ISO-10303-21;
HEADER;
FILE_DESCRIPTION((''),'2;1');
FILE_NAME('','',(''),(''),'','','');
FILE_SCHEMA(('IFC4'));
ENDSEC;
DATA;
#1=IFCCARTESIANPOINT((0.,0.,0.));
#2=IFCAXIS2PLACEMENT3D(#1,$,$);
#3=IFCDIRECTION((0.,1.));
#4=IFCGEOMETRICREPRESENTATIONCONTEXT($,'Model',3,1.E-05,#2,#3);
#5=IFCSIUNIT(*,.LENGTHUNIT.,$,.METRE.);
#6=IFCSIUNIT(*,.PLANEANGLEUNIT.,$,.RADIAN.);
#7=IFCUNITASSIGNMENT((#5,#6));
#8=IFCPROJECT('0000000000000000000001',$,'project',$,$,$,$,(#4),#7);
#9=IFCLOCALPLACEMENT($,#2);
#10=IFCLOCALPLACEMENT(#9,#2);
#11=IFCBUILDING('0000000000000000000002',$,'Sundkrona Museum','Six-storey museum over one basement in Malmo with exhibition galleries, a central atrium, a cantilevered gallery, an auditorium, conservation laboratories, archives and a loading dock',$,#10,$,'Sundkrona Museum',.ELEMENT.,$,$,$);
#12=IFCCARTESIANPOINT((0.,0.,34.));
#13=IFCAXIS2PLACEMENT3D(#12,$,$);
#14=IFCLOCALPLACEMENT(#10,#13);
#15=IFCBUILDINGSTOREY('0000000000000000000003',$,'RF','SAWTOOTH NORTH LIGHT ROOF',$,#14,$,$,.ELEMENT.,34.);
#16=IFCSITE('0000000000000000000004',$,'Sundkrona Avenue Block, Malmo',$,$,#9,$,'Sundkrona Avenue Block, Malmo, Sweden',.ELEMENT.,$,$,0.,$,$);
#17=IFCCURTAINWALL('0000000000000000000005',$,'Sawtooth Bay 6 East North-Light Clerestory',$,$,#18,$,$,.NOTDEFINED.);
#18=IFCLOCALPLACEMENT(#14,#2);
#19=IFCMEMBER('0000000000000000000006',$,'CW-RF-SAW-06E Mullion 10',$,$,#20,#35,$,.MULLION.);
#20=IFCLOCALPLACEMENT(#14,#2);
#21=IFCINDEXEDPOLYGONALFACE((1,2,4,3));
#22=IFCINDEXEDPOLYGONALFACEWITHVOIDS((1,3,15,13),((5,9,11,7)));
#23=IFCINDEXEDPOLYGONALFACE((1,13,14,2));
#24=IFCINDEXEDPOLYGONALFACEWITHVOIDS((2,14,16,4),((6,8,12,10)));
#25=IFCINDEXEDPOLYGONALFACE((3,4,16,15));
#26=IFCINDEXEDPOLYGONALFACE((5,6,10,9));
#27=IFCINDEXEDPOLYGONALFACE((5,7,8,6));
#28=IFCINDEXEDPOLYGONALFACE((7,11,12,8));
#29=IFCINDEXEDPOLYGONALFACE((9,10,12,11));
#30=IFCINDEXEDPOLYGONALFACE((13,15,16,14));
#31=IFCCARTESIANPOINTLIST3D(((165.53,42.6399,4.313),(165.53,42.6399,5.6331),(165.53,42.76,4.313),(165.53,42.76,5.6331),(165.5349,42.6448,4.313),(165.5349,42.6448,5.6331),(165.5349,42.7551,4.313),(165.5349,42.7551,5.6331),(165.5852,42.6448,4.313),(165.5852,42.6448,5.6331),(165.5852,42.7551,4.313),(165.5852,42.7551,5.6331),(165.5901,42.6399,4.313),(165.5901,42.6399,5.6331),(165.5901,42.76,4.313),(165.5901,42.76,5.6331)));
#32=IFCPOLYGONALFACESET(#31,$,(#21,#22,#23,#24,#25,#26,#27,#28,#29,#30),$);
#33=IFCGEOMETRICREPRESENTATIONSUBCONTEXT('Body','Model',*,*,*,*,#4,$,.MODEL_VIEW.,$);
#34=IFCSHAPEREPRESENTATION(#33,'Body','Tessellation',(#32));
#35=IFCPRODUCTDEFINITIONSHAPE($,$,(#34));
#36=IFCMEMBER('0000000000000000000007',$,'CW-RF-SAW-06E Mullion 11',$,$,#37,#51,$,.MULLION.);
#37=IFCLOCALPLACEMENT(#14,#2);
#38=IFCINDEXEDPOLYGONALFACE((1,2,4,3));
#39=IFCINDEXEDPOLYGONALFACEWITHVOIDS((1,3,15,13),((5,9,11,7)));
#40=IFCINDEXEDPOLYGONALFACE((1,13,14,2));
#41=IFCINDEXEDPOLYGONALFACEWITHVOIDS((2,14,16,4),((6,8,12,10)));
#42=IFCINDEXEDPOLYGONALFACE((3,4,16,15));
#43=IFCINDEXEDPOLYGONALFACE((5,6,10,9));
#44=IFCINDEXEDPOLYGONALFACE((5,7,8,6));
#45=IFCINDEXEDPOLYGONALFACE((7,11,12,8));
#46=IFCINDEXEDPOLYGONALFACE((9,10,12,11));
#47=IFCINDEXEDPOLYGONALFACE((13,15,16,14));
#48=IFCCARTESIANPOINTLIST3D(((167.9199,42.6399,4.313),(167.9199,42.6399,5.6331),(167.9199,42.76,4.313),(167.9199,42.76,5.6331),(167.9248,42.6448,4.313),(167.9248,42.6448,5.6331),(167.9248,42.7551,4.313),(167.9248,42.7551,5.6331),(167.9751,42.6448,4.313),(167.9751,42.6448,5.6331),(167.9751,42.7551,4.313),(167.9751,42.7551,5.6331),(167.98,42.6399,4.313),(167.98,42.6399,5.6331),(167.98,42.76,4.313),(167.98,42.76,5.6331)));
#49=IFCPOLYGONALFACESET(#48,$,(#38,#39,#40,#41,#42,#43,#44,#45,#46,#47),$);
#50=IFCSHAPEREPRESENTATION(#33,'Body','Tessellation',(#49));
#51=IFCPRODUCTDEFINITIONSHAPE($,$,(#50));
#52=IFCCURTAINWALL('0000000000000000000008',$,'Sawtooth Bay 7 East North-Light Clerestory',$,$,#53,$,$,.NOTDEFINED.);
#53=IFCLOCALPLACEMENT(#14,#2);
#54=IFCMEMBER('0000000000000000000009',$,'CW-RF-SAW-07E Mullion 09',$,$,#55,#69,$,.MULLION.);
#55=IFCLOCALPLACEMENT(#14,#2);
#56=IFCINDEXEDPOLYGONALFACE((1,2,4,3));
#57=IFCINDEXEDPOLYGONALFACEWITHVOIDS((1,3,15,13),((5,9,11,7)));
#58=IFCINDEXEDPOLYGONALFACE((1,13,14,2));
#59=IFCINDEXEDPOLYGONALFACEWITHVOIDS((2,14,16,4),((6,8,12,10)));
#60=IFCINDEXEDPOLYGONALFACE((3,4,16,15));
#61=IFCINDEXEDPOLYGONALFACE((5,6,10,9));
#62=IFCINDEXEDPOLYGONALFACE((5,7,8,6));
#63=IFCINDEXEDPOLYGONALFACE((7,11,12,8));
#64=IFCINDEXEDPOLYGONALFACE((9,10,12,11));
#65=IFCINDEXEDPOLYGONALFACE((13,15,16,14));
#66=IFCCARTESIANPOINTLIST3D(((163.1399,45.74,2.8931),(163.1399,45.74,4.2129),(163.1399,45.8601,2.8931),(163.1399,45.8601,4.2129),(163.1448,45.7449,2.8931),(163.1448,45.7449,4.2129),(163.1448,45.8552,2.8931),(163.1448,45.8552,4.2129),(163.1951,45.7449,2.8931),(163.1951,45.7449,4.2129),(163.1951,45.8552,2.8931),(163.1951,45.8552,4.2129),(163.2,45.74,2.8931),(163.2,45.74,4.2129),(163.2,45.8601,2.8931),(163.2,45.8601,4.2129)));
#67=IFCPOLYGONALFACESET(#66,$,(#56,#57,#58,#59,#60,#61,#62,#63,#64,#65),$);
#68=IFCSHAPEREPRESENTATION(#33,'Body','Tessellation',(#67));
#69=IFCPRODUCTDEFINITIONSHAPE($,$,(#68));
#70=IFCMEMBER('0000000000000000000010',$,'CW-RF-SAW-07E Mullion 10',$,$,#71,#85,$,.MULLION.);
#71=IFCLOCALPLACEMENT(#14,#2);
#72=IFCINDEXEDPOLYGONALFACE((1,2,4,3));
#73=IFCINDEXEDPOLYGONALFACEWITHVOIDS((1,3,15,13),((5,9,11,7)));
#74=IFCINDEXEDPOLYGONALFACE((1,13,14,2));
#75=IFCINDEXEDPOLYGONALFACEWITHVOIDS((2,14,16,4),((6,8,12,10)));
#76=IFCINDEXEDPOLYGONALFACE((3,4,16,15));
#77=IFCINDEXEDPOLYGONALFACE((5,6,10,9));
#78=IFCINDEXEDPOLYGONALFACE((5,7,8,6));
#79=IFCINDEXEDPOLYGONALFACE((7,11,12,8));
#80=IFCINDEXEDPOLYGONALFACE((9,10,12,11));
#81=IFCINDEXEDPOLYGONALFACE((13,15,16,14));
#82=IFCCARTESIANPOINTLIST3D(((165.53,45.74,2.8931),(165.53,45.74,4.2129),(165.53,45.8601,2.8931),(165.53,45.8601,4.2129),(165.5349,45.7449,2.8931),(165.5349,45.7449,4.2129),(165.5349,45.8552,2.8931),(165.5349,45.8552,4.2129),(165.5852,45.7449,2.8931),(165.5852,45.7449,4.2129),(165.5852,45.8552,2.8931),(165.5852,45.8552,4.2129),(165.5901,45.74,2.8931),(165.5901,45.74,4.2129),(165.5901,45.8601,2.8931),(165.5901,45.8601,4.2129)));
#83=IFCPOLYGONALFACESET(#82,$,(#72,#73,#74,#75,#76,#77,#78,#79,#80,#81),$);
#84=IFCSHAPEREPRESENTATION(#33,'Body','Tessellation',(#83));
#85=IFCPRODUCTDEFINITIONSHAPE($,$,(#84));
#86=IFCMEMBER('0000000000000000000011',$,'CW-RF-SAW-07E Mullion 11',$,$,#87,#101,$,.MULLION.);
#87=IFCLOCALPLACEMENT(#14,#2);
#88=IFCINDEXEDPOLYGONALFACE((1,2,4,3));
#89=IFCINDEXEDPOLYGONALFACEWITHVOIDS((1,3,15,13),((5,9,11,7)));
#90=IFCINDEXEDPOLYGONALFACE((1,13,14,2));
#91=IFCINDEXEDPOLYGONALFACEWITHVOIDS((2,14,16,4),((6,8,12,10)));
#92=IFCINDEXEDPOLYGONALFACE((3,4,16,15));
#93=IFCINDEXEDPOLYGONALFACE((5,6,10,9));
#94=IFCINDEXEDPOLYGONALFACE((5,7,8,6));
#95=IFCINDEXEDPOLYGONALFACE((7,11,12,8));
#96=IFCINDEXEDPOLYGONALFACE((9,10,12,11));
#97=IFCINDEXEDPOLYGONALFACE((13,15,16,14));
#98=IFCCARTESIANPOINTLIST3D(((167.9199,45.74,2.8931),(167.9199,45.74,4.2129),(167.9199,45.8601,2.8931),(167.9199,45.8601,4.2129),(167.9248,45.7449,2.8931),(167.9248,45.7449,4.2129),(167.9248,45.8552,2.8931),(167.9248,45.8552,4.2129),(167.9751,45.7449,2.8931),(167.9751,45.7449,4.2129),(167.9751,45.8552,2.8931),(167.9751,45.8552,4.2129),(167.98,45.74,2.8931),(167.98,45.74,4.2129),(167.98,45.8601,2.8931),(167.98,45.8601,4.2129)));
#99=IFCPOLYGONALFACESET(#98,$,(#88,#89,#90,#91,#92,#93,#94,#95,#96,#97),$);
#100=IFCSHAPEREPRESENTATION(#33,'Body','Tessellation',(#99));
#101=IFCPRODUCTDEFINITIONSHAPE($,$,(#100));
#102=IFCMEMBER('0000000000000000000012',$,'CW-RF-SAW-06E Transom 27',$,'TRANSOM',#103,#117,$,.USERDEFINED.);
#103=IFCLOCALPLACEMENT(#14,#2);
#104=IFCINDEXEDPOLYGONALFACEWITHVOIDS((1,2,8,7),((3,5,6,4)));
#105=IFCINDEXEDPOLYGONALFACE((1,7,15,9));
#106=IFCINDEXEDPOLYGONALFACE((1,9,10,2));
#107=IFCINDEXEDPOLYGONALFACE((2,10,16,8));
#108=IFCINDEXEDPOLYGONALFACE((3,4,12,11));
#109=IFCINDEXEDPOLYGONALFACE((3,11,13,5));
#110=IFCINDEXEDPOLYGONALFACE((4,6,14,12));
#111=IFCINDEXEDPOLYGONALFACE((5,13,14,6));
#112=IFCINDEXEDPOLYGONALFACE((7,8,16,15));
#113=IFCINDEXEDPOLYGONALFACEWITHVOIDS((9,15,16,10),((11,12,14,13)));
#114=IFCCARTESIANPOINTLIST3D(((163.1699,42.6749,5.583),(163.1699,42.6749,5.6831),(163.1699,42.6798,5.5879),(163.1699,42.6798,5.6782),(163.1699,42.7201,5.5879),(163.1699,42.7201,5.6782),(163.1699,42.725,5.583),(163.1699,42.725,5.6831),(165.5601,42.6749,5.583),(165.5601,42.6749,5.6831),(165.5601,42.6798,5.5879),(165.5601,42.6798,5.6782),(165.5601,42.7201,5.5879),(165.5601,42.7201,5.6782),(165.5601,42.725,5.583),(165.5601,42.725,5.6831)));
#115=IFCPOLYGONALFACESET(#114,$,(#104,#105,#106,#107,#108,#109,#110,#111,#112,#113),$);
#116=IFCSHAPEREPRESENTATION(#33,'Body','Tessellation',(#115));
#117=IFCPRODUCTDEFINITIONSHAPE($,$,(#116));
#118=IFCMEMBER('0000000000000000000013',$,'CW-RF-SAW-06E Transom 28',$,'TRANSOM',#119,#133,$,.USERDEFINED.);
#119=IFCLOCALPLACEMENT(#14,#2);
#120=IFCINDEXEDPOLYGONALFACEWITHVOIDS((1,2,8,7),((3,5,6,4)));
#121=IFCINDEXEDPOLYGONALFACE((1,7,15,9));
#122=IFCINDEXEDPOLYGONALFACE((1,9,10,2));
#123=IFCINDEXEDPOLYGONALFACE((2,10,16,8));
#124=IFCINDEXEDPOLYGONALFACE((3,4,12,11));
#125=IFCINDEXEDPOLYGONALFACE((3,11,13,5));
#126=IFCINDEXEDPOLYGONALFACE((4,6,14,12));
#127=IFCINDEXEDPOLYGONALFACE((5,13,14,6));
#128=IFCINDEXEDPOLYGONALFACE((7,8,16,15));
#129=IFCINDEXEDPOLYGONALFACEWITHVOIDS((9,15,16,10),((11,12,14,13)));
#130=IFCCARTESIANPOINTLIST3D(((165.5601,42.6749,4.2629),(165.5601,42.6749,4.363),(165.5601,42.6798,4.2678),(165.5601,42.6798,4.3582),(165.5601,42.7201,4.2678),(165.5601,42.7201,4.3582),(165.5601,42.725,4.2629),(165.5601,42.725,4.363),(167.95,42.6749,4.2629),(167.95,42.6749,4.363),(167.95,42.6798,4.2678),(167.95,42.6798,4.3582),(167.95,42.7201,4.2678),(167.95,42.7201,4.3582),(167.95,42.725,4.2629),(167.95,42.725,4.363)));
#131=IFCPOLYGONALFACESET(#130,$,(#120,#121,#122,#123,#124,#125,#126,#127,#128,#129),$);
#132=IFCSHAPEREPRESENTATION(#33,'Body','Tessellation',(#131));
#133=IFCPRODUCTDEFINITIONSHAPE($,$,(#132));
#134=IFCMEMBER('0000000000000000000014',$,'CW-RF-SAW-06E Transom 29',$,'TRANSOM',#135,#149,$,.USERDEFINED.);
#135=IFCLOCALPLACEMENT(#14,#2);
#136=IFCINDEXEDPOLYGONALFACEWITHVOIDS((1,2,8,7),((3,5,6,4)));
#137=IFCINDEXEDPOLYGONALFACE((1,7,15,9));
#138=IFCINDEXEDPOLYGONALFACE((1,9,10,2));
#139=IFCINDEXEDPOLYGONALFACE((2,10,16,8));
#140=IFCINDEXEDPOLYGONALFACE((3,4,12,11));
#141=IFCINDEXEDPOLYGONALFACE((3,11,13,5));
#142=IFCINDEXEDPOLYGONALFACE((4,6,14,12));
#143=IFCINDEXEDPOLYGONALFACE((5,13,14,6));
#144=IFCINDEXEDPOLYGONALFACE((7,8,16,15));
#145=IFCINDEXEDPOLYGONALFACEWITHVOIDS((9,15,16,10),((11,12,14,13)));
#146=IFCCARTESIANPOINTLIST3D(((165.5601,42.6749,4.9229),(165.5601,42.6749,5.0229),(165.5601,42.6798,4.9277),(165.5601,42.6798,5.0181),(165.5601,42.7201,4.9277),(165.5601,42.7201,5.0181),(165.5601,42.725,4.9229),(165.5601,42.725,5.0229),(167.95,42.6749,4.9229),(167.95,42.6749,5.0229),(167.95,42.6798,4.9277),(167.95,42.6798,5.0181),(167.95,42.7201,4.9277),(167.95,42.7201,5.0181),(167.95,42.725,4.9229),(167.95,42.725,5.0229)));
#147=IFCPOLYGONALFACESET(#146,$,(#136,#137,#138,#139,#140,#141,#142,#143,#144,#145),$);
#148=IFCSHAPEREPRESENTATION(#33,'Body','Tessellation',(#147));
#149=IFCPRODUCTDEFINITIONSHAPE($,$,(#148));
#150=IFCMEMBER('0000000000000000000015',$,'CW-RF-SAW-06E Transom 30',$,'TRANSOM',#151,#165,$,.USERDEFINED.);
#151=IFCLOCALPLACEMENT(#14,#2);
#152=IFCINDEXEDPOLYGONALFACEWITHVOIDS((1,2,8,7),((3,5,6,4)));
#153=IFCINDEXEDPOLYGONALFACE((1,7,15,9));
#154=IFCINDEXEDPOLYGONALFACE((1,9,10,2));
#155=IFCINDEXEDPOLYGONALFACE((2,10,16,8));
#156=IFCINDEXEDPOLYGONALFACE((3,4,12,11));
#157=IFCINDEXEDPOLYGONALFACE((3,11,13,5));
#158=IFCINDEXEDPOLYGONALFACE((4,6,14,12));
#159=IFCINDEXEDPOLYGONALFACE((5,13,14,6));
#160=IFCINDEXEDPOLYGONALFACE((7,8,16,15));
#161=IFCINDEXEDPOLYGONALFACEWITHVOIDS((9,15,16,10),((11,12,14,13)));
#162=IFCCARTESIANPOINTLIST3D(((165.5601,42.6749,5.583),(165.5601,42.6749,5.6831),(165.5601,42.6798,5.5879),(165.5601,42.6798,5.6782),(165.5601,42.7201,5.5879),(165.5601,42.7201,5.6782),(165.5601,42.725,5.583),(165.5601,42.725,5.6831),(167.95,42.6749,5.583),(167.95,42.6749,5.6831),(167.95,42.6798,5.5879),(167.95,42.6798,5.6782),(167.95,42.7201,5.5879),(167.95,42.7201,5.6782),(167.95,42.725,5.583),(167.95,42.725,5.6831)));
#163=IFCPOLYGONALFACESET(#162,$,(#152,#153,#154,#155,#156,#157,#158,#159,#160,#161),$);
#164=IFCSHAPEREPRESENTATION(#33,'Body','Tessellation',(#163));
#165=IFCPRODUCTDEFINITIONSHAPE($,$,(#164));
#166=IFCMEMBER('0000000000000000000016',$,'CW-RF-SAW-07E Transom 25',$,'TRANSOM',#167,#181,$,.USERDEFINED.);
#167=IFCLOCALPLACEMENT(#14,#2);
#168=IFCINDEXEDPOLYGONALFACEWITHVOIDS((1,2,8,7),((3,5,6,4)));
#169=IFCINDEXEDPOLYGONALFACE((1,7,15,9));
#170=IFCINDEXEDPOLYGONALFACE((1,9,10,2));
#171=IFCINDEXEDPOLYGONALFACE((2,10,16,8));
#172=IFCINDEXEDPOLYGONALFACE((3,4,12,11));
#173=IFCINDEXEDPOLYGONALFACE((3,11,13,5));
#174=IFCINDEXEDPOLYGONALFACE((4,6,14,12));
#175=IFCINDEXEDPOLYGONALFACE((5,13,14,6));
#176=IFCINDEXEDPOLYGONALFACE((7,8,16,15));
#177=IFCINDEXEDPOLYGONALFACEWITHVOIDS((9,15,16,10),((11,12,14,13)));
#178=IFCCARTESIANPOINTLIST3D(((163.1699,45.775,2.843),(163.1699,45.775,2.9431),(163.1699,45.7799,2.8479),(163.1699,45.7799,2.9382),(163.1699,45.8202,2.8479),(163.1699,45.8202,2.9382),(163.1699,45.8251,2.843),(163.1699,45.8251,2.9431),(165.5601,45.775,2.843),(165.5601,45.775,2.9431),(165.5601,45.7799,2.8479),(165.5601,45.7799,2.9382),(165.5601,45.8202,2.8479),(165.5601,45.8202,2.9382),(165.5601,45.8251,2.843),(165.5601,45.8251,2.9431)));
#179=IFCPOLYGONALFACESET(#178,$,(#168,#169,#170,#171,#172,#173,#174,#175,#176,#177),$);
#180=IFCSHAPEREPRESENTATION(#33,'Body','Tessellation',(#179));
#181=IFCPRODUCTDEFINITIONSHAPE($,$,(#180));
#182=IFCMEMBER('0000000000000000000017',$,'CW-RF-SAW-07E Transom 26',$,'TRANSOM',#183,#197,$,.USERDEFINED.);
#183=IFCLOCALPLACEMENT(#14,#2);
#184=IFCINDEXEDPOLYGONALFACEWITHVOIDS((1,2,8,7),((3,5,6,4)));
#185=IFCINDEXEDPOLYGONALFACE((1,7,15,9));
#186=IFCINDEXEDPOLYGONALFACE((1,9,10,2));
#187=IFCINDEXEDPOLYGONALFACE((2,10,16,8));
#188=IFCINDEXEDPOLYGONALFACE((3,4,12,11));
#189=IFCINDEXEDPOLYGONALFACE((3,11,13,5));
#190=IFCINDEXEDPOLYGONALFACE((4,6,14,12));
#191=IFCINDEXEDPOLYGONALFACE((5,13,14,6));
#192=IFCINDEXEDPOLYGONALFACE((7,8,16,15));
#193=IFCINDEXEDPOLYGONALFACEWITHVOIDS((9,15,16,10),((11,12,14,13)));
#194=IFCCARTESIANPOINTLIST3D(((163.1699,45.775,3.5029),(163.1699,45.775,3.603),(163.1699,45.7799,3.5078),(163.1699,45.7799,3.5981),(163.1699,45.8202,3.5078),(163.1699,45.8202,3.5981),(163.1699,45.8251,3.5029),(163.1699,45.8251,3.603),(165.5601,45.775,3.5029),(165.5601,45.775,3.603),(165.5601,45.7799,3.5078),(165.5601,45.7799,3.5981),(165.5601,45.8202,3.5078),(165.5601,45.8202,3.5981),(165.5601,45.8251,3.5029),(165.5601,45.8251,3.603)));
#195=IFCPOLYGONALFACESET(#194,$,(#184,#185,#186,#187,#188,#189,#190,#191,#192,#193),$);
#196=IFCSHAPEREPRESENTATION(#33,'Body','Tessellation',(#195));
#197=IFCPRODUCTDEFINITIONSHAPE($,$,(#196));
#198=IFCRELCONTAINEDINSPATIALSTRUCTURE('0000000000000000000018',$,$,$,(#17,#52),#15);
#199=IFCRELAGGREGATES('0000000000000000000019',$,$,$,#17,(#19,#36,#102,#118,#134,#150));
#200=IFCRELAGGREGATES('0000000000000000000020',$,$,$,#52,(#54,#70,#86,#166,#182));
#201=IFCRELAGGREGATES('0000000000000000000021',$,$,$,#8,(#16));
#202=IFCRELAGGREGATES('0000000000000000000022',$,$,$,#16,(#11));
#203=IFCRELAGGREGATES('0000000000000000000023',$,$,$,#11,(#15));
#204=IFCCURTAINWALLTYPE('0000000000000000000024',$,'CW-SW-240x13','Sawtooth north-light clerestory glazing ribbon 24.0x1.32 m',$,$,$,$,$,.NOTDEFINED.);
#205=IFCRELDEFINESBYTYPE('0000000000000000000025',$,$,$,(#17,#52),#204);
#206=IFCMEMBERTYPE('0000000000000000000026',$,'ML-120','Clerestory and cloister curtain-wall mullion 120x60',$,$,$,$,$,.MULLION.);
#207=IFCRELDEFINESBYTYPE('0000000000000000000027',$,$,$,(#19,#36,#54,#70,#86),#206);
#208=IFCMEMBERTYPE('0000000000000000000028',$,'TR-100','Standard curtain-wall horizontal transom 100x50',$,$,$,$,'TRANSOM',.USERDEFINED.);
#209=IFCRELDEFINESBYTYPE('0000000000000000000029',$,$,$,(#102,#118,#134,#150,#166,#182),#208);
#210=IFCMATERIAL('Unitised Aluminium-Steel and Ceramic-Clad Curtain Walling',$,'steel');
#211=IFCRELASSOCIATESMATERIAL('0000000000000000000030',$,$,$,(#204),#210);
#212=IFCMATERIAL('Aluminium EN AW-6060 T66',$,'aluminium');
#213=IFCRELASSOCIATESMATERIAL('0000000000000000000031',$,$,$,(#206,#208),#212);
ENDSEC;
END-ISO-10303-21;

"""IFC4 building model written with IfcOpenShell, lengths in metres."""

from ifc_helpers import new_model, si_unit, direction, frame, origin, origin_2d, place, context, subcontext, project, spatial, hollow_rectangle, extrude, material, material_profile, profile_set, type_object, element, aggregate, save


model = new_model("IFC4")

# Units and contexts
model_context = context("Model", 3, precision=1e-05, world=origin(), true_north=direction((0.0, 1.0)))
body_context = subcontext(model_context, "Body", "Model", "MODEL_VIEW")
ifc_project = project(units=[si_unit("LENGTHUNIT", "METRE"), si_unit("PLANEANGLEUNIT", "RADIAN")], contexts=[model_context])

# Site, building, storey
site_placement = place(None, origin())
site = spatial("IfcSite", under=ifc_project, at=site_placement, Name="Sundkrona Avenue Block, Malmo", LongName="Sundkrona Avenue Block, Malmo, Sweden", CompositionType="ELEMENT", RefElevation=0.0)
building_placement = place(site_placement, origin())
building = spatial("IfcBuilding", under=site, at=building_placement, Name="Sundkrona Museum", Description="Six-storey museum over one basement in Malmo with exhibition galleries, a central atrium, a cantilevered gallery, an auditorium, conservation laboratories, archives and a loading dock", LongName="Sundkrona Museum", CompositionType="ELEMENT")
storey_placement = place(building_placement, frame((0.0, 0.0, 34.0)))
storey = spatial("IfcBuildingStorey", under=building, at=storey_placement, Name="RF", Description="SAWTOOTH NORTH LIGHT ROOF", CompositionType="ELEMENT", Elevation=34.0)

# Curtain walls, members
ifc_material_1 = material(Name="Unitised Aluminium-Steel and Ceramic-Clad Curtain Walling", Category="steel")
curtain_wall_type = type_object("IfcCurtainWallType", Name="CW-SW-240x13", Description="Sawtooth north-light clerestory glazing ribbon 24.0x1.32 m", PredefinedType="NOTDEFINED", material=ifc_material_1)
curtain_wall_1_placement = place(storey_placement, origin())
curtain_wall_1 = element("IfcCurtainWall", 1, at=curtain_wall_1_placement, inside=storey, type_object=curtain_wall_type, Name="Sawtooth Bay 6 East North-Light Clerestory", PredefinedType="NOTDEFINED")
ifc_material_2 = material(Name="Aluminium EN AW-6060 T66", Category="aluminium")
ifc_material_profile_1 = material_profile(ifc_material_2, hollow_rectangle(XDim=0.0601, YDim=0.1201, WallThickness=0.0049, at=origin_2d()), Name="RHS 120x60x5.0")
ifc_profile_set_1 = profile_set([ifc_material_profile_1], Name="Aluminium EN AW-6060 T66")
member_type_1 = type_object("IfcMemberType", Name="ML-120", Description="Clerestory and cloister curtain-wall mullion 120x60", PredefinedType="MULLION", material=ifc_profile_set_1)
member_1_placement = place(storey_placement, frame((165.5601, 42.7, 4.313), z_axis=(0.0, 0.0, 1.0), x_axis=(1.0, 0.0, 0.0)))
member_1 = element("IfcMember", 2, at=member_1_placement, type_object=member_type_1, Name="CW-RF-SAW-06E Mullion 10", PredefinedType="MULLION", context=body_context, shape_type="SweptSolid", body=[
    extrude(hollow_rectangle(XDim=0.0601, YDim=0.1201, WallThickness=0.0049, at=origin_2d()), origin(), (0.0, 0.0, 1.0), 1.3201),
])
member_2_placement = place(storey_placement, frame((167.95, 42.7, 4.313), z_axis=(0.0, 0.0, 1.0), x_axis=(1.0, 0.0, 0.0)))
member_2 = element("IfcMember", 3, at=member_2_placement, type_object=member_type_1, Name="CW-RF-SAW-06E Mullion 11", PredefinedType="MULLION", context=body_context, shape_type="SweptSolid", body=[
    extrude(hollow_rectangle(XDim=0.0601, YDim=0.1201, WallThickness=0.0049, at=origin_2d()), origin(), (0.0, 0.0, 1.0), 1.3201),
])
curtain_wall_2_placement = place(storey_placement, origin())
curtain_wall_2 = element("IfcCurtainWall", 4, at=curtain_wall_2_placement, inside=storey, type_object=curtain_wall_type, Name="Sawtooth Bay 7 East North-Light Clerestory", PredefinedType="NOTDEFINED")
member_3_placement = place(storey_placement, frame((163.1699, 45.8, 2.8931), z_axis=(0.0, 0.0, 1.0), x_axis=(1.0, 0.0, 0.0)))
member_3 = element("IfcMember", 5, at=member_3_placement, type_object=member_type_1, Name="CW-RF-SAW-07E Mullion 09", PredefinedType="MULLION", context=body_context, shape_type="SweptSolid", body=[
    extrude(hollow_rectangle(XDim=0.0601, YDim=0.1201, WallThickness=0.0049, at=origin_2d()), origin(), (0.0, 0.0, 1.0), 1.3198),
])
member_4_placement = place(storey_placement, frame((165.5601, 45.8, 2.8931), z_axis=(0.0, 0.0, 1.0), x_axis=(1.0, 0.0, 0.0)))
member_4 = element("IfcMember", 6, at=member_4_placement, type_object=member_type_1, Name="CW-RF-SAW-07E Mullion 10", PredefinedType="MULLION", context=body_context, shape_type="SweptSolid", body=[
    extrude(hollow_rectangle(XDim=0.0601, YDim=0.1201, WallThickness=0.0049, at=origin_2d()), origin(), (0.0, 0.0, 1.0), 1.3198),
])
member_5_placement = place(storey_placement, frame((167.95, 45.8, 2.8931), z_axis=(0.0, 0.0, 1.0), x_axis=(1.0, 0.0, 0.0)))
member_5 = element("IfcMember", 7, at=member_5_placement, type_object=member_type_1, Name="CW-RF-SAW-07E Mullion 11", PredefinedType="MULLION", context=body_context, shape_type="SweptSolid", body=[
    extrude(hollow_rectangle(XDim=0.0601, YDim=0.1201, WallThickness=0.0049, at=origin_2d()), origin(), (0.0, 0.0, 1.0), 1.3198),
])

# Members
ifc_material_profile_2 = material_profile(ifc_material_2, hollow_rectangle(XDim=0.05, YDim=0.1001, WallThickness=0.0049, at=origin_2d()), Name="RHS 100x50x5.0")
ifc_profile_set_2 = profile_set([ifc_material_profile_2], Name="Aluminium EN AW-6060 T66")
member_type_2 = type_object("IfcMemberType", Name="TR-100", Description="Standard curtain-wall horizontal transom 100x50", ElementType="TRANSOM", PredefinedType="USERDEFINED", material=ifc_profile_set_2)
member_6_placement = place(storey_placement, frame((163.1699, 42.7, 5.6331), z_axis=(1.0, 0.0, 0.0), x_axis=(0.0, 1.0, 0.0)))
member_6 = element("IfcMember", 8, at=member_6_placement, type_object=member_type_2, Name="CW-RF-SAW-06E Transom 27", ObjectType="TRANSOM", PredefinedType="USERDEFINED", context=body_context, shape_type="SweptSolid", body=[
    extrude(hollow_rectangle(XDim=0.05, YDim=0.1001, WallThickness=0.0049, at=origin_2d()), origin(), (0.0, 0.0, 1.0), 2.3901),
])
member_7_placement = place(storey_placement, frame((165.5601, 42.7, 4.313), z_axis=(1.0, 0.0, 0.0), x_axis=(0.0, 1.0, 0.0)))
member_7 = element("IfcMember", 9, at=member_7_placement, type_object=member_type_2, Name="CW-RF-SAW-06E Transom 28", ObjectType="TRANSOM", PredefinedType="USERDEFINED", context=body_context, shape_type="SweptSolid", body=[
    extrude(hollow_rectangle(XDim=0.05, YDim=0.1001, WallThickness=0.0049, at=origin_2d()), origin(), (0.0, 0.0, 1.0), 2.3899),
])
member_8_placement = place(storey_placement, frame((165.5601, 42.7, 4.9729), z_axis=(1.0, 0.0, 0.0), x_axis=(0.0, 1.0, 0.0)))
member_8 = element("IfcMember", 10, at=member_8_placement, type_object=member_type_2, Name="CW-RF-SAW-06E Transom 29", ObjectType="TRANSOM", PredefinedType="USERDEFINED", context=body_context, shape_type="SweptSolid", body=[
    extrude(hollow_rectangle(XDim=0.05, YDim=0.1001, WallThickness=0.0049, at=origin_2d()), origin(), (0.0, 0.0, 1.0), 2.3899),
])
member_9_placement = place(storey_placement, frame((165.5601, 42.7, 5.6331), z_axis=(1.0, 0.0, 0.0), x_axis=(0.0, 1.0, 0.0)))
member_9 = element("IfcMember", 11, at=member_9_placement, type_object=member_type_2, Name="CW-RF-SAW-06E Transom 30", ObjectType="TRANSOM", PredefinedType="USERDEFINED", context=body_context, shape_type="SweptSolid", body=[
    extrude(hollow_rectangle(XDim=0.05, YDim=0.1001, WallThickness=0.0049, at=origin_2d()), origin(), (0.0, 0.0, 1.0), 2.3899),
])
member_10_placement = place(storey_placement, frame((163.1699, 45.8, 2.8931), z_axis=(1.0, 0.0, 0.0), x_axis=(0.0, 1.0, 0.0)))
member_10 = element("IfcMember", 12, at=member_10_placement, type_object=member_type_2, Name="CW-RF-SAW-07E Transom 25", ObjectType="TRANSOM", PredefinedType="USERDEFINED", context=body_context, shape_type="SweptSolid", body=[
    extrude(hollow_rectangle(XDim=0.05, YDim=0.1001, WallThickness=0.0049, at=origin_2d()), origin(), (0.0, 0.0, 1.0), 2.3901),
])
member_11_placement = place(storey_placement, frame((163.1699, 45.8, 3.553), z_axis=(1.0, 0.0, 0.0), x_axis=(0.0, 1.0, 0.0)))
member_11 = element("IfcMember", 13, at=member_11_placement, type_object=member_type_2, Name="CW-RF-SAW-07E Transom 26", ObjectType="TRANSOM", PredefinedType="USERDEFINED", context=body_context, shape_type="SweptSolid", body=[
    extrude(hollow_rectangle(XDim=0.05, YDim=0.1001, WallThickness=0.0049, at=origin_2d()), origin(), (0.0, 0.0, 1.0), 2.3901),
])

aggregate(curtain_wall_1, [member_1, member_2, member_6, member_7, member_8, member_9])
aggregate(curtain_wall_2, [member_3, member_4, member_5, member_10, member_11])

save(model, "model.ifc")
